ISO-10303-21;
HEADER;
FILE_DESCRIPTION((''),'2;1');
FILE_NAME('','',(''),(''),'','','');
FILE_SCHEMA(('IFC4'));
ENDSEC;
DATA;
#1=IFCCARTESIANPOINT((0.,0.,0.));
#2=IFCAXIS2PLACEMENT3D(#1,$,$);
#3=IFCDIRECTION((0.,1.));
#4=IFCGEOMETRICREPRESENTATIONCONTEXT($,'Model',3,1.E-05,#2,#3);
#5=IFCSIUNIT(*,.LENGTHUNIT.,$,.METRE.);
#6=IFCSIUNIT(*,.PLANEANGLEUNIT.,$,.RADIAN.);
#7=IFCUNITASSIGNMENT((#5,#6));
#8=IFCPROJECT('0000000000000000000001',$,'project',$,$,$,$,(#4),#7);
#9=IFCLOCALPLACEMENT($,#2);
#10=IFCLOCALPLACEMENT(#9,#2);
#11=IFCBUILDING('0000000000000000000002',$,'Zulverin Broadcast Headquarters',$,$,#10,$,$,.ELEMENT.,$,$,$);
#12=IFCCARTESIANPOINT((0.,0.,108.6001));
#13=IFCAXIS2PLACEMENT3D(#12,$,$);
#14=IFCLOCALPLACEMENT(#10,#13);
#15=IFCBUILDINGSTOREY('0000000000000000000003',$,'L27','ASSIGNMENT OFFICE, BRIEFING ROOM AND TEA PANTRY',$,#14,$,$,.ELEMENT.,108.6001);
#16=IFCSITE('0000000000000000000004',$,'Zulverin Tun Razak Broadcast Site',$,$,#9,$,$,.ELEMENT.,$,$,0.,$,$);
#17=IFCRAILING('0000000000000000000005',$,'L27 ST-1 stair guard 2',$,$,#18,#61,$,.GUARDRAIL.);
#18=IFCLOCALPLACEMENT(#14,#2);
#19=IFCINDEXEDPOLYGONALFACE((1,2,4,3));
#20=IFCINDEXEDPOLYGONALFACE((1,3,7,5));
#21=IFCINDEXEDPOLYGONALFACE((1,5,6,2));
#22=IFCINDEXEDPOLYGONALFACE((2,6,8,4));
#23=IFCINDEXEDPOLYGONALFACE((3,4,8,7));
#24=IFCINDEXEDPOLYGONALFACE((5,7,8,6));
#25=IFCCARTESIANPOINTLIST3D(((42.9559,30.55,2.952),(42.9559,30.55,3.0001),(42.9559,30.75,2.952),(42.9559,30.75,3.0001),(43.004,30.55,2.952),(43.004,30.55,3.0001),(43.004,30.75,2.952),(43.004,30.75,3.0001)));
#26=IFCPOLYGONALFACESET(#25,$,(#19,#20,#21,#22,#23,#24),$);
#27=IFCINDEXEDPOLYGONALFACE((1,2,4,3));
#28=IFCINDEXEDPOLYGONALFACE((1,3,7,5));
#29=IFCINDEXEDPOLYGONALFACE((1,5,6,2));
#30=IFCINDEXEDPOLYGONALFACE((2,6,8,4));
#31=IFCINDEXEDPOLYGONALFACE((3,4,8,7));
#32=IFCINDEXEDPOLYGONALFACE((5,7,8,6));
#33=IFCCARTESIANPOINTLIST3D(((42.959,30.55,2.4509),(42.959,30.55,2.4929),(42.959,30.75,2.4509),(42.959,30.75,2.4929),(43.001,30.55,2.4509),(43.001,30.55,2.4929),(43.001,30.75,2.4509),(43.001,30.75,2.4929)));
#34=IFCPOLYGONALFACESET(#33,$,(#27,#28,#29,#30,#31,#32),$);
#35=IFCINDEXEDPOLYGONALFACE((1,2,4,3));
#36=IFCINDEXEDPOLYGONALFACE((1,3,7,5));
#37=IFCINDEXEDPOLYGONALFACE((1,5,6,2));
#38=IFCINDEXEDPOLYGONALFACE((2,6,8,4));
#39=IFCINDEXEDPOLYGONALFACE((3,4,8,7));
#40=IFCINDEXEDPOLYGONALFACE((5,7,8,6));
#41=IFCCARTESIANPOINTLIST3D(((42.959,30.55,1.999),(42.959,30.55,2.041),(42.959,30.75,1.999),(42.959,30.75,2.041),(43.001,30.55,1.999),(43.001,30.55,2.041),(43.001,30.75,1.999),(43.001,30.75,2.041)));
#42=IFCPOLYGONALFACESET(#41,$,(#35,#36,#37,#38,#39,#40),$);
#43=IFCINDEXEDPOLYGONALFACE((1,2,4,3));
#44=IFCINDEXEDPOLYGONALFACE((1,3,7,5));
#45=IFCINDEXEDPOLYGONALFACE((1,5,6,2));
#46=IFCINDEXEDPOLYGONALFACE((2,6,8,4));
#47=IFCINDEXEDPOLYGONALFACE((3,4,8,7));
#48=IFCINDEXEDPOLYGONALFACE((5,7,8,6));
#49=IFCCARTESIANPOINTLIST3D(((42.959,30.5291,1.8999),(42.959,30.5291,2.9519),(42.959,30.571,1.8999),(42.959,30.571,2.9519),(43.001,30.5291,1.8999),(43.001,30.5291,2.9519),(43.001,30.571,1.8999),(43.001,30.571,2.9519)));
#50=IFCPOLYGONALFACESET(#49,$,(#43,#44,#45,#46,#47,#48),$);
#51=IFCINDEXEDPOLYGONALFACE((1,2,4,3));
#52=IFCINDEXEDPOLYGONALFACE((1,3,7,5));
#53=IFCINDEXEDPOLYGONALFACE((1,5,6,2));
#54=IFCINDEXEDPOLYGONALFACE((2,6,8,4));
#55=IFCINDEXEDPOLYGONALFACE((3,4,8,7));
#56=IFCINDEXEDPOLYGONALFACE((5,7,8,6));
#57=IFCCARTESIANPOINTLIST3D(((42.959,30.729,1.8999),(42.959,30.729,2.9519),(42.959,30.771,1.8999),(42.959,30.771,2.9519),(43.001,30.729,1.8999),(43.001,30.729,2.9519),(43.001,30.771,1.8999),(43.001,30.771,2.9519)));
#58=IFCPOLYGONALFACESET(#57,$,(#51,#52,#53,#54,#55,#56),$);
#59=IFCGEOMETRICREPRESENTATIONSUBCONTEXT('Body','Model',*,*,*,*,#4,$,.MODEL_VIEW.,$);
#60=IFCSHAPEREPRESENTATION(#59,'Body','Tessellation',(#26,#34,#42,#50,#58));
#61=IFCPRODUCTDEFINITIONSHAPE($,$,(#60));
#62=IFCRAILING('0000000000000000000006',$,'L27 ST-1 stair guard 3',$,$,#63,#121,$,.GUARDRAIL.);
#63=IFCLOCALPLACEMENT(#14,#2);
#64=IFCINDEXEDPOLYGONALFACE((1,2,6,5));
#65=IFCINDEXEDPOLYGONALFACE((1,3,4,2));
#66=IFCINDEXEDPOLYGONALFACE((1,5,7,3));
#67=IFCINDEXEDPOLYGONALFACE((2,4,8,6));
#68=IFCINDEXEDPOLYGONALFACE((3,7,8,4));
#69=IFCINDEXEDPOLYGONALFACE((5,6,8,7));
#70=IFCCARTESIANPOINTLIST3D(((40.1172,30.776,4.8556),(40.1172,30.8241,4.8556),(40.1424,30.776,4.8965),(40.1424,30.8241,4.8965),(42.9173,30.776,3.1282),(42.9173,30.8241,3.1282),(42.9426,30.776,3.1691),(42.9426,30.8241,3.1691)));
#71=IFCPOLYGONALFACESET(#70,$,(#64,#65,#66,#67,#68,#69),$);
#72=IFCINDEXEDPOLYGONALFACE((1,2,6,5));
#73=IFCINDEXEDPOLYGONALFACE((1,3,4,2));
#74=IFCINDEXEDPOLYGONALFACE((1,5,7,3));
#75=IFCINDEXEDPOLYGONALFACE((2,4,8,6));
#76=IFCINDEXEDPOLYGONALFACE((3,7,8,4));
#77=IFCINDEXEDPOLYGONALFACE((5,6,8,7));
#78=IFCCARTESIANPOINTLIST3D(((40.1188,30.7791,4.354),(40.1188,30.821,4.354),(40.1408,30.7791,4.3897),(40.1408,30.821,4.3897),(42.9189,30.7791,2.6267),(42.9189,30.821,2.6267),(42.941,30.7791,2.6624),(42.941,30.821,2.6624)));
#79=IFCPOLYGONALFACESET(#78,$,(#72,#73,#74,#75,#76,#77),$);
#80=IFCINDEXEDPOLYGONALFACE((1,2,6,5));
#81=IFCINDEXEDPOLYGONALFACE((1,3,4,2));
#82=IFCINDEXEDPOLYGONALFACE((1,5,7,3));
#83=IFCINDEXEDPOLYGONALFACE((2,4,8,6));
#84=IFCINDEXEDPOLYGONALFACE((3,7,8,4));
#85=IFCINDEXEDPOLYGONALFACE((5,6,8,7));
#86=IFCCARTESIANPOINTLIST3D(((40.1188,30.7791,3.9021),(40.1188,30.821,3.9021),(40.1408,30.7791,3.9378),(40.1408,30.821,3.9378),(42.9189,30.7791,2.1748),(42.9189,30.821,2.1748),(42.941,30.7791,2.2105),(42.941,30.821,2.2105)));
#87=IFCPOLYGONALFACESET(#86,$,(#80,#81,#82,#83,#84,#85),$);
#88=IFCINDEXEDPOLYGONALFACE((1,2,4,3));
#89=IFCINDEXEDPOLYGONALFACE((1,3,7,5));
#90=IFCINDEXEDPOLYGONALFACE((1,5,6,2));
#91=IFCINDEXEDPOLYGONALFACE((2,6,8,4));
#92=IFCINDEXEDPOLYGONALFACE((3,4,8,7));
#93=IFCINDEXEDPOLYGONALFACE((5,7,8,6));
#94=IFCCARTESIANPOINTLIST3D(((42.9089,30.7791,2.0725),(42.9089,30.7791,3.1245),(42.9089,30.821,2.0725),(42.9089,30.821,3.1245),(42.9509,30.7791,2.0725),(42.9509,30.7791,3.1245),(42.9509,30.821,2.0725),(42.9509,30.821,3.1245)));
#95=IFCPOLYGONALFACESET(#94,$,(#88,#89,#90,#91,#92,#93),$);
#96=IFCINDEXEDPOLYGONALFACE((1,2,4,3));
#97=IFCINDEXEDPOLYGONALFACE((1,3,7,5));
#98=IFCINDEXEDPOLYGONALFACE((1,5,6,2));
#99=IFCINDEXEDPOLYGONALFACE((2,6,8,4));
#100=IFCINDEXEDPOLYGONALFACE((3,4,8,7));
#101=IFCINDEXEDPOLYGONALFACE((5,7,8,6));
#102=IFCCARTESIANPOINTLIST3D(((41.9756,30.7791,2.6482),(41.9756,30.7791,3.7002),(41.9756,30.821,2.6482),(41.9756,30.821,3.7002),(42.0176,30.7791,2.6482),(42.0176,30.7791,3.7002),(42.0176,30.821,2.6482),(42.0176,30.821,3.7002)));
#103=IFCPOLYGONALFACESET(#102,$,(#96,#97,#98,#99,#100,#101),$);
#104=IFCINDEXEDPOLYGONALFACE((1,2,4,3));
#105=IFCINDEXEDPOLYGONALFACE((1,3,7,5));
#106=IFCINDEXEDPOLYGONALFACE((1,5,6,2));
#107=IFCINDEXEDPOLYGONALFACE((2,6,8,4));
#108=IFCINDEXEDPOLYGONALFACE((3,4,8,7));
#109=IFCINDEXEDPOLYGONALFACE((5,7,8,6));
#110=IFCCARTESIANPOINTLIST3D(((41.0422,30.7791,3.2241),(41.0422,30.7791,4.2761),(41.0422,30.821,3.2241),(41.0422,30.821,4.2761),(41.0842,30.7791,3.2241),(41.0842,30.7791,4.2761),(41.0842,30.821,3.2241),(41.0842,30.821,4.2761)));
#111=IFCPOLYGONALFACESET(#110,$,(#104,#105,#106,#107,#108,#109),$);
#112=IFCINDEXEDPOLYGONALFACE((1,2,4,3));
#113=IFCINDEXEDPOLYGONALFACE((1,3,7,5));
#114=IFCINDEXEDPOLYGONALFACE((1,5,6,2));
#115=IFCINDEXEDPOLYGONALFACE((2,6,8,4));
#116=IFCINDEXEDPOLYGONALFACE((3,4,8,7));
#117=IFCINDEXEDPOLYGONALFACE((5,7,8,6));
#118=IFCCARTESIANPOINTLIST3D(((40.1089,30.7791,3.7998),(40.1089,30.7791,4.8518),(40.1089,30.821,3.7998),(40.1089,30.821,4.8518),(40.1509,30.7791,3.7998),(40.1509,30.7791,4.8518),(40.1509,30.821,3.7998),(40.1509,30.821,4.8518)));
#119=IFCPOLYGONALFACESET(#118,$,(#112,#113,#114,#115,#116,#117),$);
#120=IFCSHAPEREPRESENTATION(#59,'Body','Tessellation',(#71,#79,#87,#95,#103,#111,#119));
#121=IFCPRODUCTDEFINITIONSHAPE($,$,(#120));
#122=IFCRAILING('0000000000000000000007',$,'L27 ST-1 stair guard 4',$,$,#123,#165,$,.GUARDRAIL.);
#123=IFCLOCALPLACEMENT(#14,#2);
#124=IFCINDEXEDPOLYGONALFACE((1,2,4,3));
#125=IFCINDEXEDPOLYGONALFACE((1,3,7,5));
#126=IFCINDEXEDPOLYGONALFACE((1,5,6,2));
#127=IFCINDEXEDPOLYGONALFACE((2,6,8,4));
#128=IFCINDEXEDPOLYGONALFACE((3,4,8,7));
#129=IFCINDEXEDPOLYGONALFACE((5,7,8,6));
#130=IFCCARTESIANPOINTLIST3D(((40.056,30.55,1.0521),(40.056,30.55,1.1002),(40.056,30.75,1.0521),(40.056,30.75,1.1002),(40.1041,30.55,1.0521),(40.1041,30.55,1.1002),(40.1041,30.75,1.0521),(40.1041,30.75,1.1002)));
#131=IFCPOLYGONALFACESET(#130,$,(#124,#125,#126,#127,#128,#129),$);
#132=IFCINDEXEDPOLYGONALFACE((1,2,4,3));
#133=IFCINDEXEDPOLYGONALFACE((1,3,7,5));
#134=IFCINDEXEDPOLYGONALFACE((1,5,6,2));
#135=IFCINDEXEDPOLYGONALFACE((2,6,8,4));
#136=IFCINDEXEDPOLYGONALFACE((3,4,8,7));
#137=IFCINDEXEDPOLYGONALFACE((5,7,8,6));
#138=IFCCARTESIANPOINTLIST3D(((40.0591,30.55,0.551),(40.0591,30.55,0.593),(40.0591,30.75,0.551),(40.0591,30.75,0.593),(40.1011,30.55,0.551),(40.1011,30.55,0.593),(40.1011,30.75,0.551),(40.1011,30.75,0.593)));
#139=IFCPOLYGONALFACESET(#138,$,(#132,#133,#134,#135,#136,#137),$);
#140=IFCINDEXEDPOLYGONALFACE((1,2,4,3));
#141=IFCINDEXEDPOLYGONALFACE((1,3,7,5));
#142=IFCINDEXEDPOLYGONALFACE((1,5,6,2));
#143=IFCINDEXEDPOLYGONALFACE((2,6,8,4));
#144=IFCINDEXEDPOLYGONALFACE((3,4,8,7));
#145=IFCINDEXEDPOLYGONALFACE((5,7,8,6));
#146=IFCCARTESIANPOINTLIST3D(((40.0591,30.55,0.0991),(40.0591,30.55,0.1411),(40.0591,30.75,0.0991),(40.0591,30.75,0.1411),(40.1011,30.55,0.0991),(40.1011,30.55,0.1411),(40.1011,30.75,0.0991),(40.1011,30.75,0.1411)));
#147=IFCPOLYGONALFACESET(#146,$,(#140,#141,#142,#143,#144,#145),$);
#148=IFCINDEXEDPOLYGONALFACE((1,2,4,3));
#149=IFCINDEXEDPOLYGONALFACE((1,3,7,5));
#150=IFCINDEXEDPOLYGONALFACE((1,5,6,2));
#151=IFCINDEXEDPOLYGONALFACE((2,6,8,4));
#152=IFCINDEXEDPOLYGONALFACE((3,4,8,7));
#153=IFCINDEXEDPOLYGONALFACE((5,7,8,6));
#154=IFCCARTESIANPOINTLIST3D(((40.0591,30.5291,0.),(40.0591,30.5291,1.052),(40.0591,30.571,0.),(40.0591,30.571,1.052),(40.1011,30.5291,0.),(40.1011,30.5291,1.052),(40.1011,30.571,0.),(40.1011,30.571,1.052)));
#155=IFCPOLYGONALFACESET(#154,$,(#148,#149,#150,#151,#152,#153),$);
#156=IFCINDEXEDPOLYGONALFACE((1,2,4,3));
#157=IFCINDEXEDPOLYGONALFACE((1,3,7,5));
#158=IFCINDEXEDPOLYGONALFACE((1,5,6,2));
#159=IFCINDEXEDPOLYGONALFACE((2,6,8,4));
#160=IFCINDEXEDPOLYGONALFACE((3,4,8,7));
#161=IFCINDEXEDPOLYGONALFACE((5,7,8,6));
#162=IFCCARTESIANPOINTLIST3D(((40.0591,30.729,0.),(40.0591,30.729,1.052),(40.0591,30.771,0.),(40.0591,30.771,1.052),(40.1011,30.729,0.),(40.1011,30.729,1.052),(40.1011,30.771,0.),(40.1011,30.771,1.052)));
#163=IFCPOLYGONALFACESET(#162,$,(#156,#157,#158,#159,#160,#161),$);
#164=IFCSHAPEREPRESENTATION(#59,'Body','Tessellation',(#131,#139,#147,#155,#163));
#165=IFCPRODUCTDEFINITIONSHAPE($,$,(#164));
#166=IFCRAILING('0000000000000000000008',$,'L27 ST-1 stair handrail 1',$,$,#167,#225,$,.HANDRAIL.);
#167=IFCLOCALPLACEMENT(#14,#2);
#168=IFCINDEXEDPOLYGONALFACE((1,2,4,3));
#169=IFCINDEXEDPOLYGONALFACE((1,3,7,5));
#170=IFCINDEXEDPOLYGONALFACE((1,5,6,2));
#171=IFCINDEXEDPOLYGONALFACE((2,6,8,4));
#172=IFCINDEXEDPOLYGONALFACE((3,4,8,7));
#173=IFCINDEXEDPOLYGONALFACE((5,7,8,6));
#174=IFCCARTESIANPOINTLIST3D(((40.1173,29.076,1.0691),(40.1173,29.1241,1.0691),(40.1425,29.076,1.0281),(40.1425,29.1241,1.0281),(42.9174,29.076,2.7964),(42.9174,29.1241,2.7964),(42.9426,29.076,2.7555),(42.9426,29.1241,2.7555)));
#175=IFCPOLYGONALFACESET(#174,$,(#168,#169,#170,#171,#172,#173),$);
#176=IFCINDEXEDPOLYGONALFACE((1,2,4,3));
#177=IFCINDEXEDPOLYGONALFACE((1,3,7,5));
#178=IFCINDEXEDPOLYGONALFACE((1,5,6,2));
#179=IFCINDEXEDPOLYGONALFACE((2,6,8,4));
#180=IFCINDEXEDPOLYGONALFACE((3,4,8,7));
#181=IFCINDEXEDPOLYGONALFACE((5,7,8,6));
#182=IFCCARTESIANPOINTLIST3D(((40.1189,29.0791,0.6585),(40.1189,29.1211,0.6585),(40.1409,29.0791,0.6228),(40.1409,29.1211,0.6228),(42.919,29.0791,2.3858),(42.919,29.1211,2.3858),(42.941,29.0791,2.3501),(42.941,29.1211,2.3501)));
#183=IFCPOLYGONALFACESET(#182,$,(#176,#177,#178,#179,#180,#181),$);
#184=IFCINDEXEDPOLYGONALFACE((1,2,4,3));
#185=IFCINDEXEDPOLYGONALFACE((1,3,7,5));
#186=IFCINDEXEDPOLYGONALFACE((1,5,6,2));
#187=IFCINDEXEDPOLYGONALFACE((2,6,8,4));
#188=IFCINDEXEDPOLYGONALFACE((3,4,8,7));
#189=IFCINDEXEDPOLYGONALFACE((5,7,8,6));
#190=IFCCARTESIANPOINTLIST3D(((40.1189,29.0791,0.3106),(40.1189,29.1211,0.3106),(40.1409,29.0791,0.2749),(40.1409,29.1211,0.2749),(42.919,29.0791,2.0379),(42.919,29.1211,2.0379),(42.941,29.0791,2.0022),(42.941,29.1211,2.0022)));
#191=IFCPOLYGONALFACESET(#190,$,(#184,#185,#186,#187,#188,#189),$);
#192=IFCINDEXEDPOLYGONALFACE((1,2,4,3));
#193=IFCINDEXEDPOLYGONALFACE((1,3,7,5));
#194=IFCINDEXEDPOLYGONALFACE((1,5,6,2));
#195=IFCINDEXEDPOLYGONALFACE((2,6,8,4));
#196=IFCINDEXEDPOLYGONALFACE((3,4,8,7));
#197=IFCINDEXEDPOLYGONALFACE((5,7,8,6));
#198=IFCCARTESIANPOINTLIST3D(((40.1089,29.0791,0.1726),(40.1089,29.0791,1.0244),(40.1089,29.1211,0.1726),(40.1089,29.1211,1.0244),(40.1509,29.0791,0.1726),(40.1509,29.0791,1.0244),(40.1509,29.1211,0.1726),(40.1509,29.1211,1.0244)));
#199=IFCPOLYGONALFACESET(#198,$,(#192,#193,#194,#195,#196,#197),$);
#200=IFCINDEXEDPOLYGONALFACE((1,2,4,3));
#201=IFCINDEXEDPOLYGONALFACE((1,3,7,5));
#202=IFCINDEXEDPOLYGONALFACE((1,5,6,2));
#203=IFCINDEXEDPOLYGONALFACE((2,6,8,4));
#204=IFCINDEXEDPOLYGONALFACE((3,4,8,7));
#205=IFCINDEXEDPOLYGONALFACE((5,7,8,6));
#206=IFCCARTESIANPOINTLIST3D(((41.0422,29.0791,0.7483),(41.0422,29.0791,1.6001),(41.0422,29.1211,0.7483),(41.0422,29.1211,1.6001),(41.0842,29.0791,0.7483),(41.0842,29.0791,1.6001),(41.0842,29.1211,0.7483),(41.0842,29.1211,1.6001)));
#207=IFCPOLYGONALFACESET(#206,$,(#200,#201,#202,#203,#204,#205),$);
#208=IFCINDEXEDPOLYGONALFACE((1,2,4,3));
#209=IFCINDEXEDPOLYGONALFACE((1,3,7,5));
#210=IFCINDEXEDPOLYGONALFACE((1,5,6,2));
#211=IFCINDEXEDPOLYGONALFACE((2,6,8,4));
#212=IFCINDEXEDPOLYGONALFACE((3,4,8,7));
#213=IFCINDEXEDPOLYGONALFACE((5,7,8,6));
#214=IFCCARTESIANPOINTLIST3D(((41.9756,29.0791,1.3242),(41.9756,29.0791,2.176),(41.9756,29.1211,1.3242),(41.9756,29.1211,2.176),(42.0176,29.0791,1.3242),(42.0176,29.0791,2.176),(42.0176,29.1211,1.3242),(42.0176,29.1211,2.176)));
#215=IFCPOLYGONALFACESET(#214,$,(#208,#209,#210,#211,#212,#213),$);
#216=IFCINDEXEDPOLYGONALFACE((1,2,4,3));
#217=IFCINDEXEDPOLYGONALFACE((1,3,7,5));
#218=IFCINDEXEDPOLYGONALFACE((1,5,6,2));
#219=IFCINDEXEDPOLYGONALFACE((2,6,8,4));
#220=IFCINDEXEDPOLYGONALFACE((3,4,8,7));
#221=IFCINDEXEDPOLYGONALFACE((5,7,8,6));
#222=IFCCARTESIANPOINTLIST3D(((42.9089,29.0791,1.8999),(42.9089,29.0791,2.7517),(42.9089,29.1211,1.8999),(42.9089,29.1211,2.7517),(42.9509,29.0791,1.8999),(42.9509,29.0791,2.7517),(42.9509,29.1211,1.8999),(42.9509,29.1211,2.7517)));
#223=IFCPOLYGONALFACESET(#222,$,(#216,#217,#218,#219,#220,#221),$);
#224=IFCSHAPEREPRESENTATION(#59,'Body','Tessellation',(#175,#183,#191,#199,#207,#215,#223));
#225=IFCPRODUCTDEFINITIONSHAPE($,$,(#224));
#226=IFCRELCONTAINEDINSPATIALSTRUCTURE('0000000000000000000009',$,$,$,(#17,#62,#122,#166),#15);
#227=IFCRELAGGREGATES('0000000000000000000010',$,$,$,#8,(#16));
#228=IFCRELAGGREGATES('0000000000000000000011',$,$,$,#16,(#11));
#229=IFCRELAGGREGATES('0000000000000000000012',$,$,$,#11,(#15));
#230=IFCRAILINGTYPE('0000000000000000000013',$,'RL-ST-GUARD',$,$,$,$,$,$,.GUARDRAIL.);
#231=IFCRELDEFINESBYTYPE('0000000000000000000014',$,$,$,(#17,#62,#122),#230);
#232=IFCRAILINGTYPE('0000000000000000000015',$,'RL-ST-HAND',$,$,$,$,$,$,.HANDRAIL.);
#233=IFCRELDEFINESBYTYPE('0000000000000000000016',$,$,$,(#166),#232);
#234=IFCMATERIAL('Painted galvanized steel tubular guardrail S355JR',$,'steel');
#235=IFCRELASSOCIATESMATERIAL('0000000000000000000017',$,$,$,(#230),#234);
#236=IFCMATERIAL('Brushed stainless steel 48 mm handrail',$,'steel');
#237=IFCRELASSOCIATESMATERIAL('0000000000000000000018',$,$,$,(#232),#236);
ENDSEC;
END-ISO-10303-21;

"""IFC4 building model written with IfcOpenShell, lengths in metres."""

from ifc_helpers import new_model, si_unit, direction, frame, origin, origin_2d, place, context, subcontext, project, spatial, rectangle, extrude, material, type_object, element, save


model = new_model("IFC4")

# Units and contexts
model_context = context("Model", 3, precision=1e-05, world=origin(), true_north=direction((0.0, 1.0)))
body_context = subcontext(model_context, "Body", "Model", "MODEL_VIEW")
ifc_project = project(units=[si_unit("LENGTHUNIT", "METRE"), si_unit("PLANEANGLEUNIT", "RADIAN")], contexts=[model_context])

# Site, building, storey
site_placement = place(None, origin())
site = spatial("IfcSite", under=ifc_project, at=site_placement, Name="Zulverin Tun Razak Broadcast Site", CompositionType="ELEMENT", RefElevation=0.0)
building_placement = place(site_placement, origin())
building = spatial("IfcBuilding", under=site, at=building_placement, Name="Zulverin Broadcast Headquarters", CompositionType="ELEMENT")
storey_placement = place(building_placement, frame((0.0, 0.0, 108.6001)))
storey = spatial("IfcBuildingStorey", under=building, at=storey_placement, Name="L27", Description="ASSIGNMENT OFFICE, BRIEFING ROOM AND TEA PANTRY", CompositionType="ELEMENT", Elevation=108.6001)

# Railings
ifc_material_1 = material(Name="Painted galvanized steel tubular guardrail S355JR", Category="steel")
railing_type_1 = type_object("IfcRailingType", Name="RL-ST-GUARD", PredefinedType="GUARDRAIL", material=ifc_material_1)
railing_1_placement = place(storey_placement, frame((42.98, 30.55, 1.8999)))
element("IfcRailing", 1, at=railing_1_placement, inside=storey, type_object=railing_type_1, Name="L27 ST-1 stair guard 2", PredefinedType="GUARDRAIL", context=body_context, shape_type="SweptSolid", body=[
    extrude(rectangle(XDim=0.0481, YDim=0.0481, at=origin_2d()), frame((0.0, 0.0, 1.0762), z_axis=(0.0, 1.0, 0.0), x_axis=(-1.0, 0.0, 0.0)), (0.0, 0.0, 1.0), 0.2),
    extrude(rectangle(XDim=0.042, YDim=0.042, at=origin_2d()), frame((0.0, 0.0, 0.572), z_axis=(0.0, 1.0, 0.0), x_axis=(-1.0, 0.0, 0.0)), (0.0, 0.0, 1.0), 0.2),
    extrude(rectangle(XDim=0.042, YDim=0.042, at=origin_2d()), frame((0.0, 0.0, 0.1201), z_axis=(0.0, 1.0, 0.0), x_axis=(-1.0, 0.0, 0.0)), (0.0, 0.0, 1.0), 0.2),
    extrude(rectangle(XDim=0.042, YDim=0.042, at=origin_2d()), origin(), (0.0, 0.0, 1.0), 1.052),
    extrude(rectangle(XDim=0.042, YDim=0.042, at=origin_2d()), frame((0.0, 0.2, 0.0)), (0.0, 0.0, 1.0), 1.052),
])
railing_2_placement = place(storey_placement, frame((42.9299, 30.8, 2.0725)))
element("IfcRailing", 2, at=railing_2_placement, inside=storey, type_object=railing_type_1, Name="L27 ST-1 stair guard 3", PredefinedType="GUARDRAIL", context=body_context, shape_type="SweptSolid", body=[
    extrude(rectangle(XDim=0.0481, YDim=0.0481, at=origin_2d()), frame((0.0, 0.0, 1.0762), z_axis=(-0.85109, 0.0, 0.52502), x_axis=(0.0, -1.0, 0.0)), (0.0, 0.0, 1.0), 3.29),
    extrude(rectangle(XDim=0.042, YDim=0.042, at=origin_2d()), frame((0.0, 0.0, 0.572), z_axis=(-0.85109, 0.0, 0.52502), x_axis=(0.0, -1.0, 0.0)), (0.0, 0.0, 1.0), 3.29),
    extrude(rectangle(XDim=0.042, YDim=0.042, at=origin_2d()), frame((0.0, 0.0, 0.1201), z_axis=(-0.85109, 0.0, 0.52502), x_axis=(0.0, -1.0, 0.0)), (0.0, 0.0, 1.0), 3.29),
    extrude(rectangle(XDim=0.042, YDim=0.042, at=origin_2d()), origin(), (0.0, 0.0, 1.0), 1.052),
    extrude(rectangle(XDim=0.042, YDim=0.042, at=origin_2d()), frame((-0.9333, 0.0, 0.5757)), (0.0, 0.0, 1.0), 1.052),
    extrude(rectangle(XDim=0.042, YDim=0.042, at=origin_2d()), frame((-1.8667, 0.0, 1.1516)), (0.0, 0.0, 1.0), 1.052),
    extrude(rectangle(XDim=0.042, YDim=0.042, at=origin_2d()), frame((-2.8, 0.0, 1.7273)), (0.0, 0.0, 1.0), 1.052),
])
railing_3_placement = place(storey_placement, frame((40.0801, 30.55, 0.0)))
element("IfcRailing", 3, at=railing_3_placement, inside=storey, type_object=railing_type_1, Name="L27 ST-1 stair guard 4", PredefinedType="GUARDRAIL", context=body_context, shape_type="SweptSolid", body=[
    extrude(rectangle(XDim=0.0481, YDim=0.0481, at=origin_2d()), frame((0.0, 0.0, 1.0762), z_axis=(0.0, 1.0, 0.0), x_axis=(-1.0, 0.0, 0.0)), (0.0, 0.0, 1.0), 0.2),
    extrude(rectangle(XDim=0.042, YDim=0.042, at=origin_2d()), frame((0.0, 0.0, 0.572), z_axis=(0.0, 1.0, 0.0), x_axis=(-1.0, 0.0, 0.0)), (0.0, 0.0, 1.0), 0.2),
    extrude(rectangle(XDim=0.042, YDim=0.042, at=origin_2d()), frame((0.0, 0.0, 0.1201), z_axis=(0.0, 1.0, 0.0), x_axis=(-1.0, 0.0, 0.0)), (0.0, 0.0, 1.0), 0.2),
    extrude(rectangle(XDim=0.042, YDim=0.042, at=origin_2d()), origin(), (0.0, 0.0, 1.0), 1.052),
    extrude(rectangle(XDim=0.042, YDim=0.042, at=origin_2d()), frame((0.0, 0.2, 0.0)), (0.0, 0.0, 1.0), 1.052),
])
ifc_material_2 = material(Name="Brushed stainless steel 48 mm handrail", Category="steel")
railing_type_2 = type_object("IfcRailingType", Name="RL-ST-HAND", PredefinedType="HANDRAIL", material=ifc_material_2)
railing_4_placement = place(storey_placement, frame((40.1299, 29.1001, 0.1726)))
element("IfcRailing", 4, at=railing_4_placement, inside=storey, type_object=railing_type_2, Name="L27 ST-1 stair handrail 1", PredefinedType="HANDRAIL", context=body_context, shape_type="SweptSolid", body=[
    extrude(rectangle(XDim=0.0481, YDim=0.0481, at=origin_2d()), frame((0.0, 0.0, 0.876), z_axis=(0.85109, 0.0, 0.52502), x_axis=(0.0, 1.0, 0.0)), (0.0, 0.0, 1.0), 3.29),
    extrude(rectangle(XDim=0.042, YDim=0.042, at=origin_2d()), frame((0.0, 0.0, 0.468), z_axis=(0.85109, 0.0, 0.52502), x_axis=(0.0, 1.0, 0.0)), (0.0, 0.0, 1.0), 3.29),
    extrude(rectangle(XDim=0.042, YDim=0.042, at=origin_2d()), frame((0.0, 0.0, 0.1201), z_axis=(0.85109, 0.0, 0.52502), x_axis=(0.0, 1.0, 0.0)), (0.0, 0.0, 1.0), 3.29),
    extrude(rectangle(XDim=0.042, YDim=0.042, at=origin_2d()), origin(), (0.0, 0.0, 1.0), 0.8518),
    extrude(rectangle(XDim=0.042, YDim=0.042, at=origin_2d()), frame((0.9333, 0.0, 0.5757)), (0.0, 0.0, 1.0), 0.8518),
    extrude(rectangle(XDim=0.042, YDim=0.042, at=origin_2d()), frame((1.8667, 0.0, 1.1516)), (0.0, 0.0, 1.0), 0.8518),
    extrude(rectangle(XDim=0.042, YDim=0.042, at=origin_2d()), frame((2.8, 0.0, 1.7273)), (0.0, 0.0, 1.0), 0.8518),
])

save(model, "model.ifc")
